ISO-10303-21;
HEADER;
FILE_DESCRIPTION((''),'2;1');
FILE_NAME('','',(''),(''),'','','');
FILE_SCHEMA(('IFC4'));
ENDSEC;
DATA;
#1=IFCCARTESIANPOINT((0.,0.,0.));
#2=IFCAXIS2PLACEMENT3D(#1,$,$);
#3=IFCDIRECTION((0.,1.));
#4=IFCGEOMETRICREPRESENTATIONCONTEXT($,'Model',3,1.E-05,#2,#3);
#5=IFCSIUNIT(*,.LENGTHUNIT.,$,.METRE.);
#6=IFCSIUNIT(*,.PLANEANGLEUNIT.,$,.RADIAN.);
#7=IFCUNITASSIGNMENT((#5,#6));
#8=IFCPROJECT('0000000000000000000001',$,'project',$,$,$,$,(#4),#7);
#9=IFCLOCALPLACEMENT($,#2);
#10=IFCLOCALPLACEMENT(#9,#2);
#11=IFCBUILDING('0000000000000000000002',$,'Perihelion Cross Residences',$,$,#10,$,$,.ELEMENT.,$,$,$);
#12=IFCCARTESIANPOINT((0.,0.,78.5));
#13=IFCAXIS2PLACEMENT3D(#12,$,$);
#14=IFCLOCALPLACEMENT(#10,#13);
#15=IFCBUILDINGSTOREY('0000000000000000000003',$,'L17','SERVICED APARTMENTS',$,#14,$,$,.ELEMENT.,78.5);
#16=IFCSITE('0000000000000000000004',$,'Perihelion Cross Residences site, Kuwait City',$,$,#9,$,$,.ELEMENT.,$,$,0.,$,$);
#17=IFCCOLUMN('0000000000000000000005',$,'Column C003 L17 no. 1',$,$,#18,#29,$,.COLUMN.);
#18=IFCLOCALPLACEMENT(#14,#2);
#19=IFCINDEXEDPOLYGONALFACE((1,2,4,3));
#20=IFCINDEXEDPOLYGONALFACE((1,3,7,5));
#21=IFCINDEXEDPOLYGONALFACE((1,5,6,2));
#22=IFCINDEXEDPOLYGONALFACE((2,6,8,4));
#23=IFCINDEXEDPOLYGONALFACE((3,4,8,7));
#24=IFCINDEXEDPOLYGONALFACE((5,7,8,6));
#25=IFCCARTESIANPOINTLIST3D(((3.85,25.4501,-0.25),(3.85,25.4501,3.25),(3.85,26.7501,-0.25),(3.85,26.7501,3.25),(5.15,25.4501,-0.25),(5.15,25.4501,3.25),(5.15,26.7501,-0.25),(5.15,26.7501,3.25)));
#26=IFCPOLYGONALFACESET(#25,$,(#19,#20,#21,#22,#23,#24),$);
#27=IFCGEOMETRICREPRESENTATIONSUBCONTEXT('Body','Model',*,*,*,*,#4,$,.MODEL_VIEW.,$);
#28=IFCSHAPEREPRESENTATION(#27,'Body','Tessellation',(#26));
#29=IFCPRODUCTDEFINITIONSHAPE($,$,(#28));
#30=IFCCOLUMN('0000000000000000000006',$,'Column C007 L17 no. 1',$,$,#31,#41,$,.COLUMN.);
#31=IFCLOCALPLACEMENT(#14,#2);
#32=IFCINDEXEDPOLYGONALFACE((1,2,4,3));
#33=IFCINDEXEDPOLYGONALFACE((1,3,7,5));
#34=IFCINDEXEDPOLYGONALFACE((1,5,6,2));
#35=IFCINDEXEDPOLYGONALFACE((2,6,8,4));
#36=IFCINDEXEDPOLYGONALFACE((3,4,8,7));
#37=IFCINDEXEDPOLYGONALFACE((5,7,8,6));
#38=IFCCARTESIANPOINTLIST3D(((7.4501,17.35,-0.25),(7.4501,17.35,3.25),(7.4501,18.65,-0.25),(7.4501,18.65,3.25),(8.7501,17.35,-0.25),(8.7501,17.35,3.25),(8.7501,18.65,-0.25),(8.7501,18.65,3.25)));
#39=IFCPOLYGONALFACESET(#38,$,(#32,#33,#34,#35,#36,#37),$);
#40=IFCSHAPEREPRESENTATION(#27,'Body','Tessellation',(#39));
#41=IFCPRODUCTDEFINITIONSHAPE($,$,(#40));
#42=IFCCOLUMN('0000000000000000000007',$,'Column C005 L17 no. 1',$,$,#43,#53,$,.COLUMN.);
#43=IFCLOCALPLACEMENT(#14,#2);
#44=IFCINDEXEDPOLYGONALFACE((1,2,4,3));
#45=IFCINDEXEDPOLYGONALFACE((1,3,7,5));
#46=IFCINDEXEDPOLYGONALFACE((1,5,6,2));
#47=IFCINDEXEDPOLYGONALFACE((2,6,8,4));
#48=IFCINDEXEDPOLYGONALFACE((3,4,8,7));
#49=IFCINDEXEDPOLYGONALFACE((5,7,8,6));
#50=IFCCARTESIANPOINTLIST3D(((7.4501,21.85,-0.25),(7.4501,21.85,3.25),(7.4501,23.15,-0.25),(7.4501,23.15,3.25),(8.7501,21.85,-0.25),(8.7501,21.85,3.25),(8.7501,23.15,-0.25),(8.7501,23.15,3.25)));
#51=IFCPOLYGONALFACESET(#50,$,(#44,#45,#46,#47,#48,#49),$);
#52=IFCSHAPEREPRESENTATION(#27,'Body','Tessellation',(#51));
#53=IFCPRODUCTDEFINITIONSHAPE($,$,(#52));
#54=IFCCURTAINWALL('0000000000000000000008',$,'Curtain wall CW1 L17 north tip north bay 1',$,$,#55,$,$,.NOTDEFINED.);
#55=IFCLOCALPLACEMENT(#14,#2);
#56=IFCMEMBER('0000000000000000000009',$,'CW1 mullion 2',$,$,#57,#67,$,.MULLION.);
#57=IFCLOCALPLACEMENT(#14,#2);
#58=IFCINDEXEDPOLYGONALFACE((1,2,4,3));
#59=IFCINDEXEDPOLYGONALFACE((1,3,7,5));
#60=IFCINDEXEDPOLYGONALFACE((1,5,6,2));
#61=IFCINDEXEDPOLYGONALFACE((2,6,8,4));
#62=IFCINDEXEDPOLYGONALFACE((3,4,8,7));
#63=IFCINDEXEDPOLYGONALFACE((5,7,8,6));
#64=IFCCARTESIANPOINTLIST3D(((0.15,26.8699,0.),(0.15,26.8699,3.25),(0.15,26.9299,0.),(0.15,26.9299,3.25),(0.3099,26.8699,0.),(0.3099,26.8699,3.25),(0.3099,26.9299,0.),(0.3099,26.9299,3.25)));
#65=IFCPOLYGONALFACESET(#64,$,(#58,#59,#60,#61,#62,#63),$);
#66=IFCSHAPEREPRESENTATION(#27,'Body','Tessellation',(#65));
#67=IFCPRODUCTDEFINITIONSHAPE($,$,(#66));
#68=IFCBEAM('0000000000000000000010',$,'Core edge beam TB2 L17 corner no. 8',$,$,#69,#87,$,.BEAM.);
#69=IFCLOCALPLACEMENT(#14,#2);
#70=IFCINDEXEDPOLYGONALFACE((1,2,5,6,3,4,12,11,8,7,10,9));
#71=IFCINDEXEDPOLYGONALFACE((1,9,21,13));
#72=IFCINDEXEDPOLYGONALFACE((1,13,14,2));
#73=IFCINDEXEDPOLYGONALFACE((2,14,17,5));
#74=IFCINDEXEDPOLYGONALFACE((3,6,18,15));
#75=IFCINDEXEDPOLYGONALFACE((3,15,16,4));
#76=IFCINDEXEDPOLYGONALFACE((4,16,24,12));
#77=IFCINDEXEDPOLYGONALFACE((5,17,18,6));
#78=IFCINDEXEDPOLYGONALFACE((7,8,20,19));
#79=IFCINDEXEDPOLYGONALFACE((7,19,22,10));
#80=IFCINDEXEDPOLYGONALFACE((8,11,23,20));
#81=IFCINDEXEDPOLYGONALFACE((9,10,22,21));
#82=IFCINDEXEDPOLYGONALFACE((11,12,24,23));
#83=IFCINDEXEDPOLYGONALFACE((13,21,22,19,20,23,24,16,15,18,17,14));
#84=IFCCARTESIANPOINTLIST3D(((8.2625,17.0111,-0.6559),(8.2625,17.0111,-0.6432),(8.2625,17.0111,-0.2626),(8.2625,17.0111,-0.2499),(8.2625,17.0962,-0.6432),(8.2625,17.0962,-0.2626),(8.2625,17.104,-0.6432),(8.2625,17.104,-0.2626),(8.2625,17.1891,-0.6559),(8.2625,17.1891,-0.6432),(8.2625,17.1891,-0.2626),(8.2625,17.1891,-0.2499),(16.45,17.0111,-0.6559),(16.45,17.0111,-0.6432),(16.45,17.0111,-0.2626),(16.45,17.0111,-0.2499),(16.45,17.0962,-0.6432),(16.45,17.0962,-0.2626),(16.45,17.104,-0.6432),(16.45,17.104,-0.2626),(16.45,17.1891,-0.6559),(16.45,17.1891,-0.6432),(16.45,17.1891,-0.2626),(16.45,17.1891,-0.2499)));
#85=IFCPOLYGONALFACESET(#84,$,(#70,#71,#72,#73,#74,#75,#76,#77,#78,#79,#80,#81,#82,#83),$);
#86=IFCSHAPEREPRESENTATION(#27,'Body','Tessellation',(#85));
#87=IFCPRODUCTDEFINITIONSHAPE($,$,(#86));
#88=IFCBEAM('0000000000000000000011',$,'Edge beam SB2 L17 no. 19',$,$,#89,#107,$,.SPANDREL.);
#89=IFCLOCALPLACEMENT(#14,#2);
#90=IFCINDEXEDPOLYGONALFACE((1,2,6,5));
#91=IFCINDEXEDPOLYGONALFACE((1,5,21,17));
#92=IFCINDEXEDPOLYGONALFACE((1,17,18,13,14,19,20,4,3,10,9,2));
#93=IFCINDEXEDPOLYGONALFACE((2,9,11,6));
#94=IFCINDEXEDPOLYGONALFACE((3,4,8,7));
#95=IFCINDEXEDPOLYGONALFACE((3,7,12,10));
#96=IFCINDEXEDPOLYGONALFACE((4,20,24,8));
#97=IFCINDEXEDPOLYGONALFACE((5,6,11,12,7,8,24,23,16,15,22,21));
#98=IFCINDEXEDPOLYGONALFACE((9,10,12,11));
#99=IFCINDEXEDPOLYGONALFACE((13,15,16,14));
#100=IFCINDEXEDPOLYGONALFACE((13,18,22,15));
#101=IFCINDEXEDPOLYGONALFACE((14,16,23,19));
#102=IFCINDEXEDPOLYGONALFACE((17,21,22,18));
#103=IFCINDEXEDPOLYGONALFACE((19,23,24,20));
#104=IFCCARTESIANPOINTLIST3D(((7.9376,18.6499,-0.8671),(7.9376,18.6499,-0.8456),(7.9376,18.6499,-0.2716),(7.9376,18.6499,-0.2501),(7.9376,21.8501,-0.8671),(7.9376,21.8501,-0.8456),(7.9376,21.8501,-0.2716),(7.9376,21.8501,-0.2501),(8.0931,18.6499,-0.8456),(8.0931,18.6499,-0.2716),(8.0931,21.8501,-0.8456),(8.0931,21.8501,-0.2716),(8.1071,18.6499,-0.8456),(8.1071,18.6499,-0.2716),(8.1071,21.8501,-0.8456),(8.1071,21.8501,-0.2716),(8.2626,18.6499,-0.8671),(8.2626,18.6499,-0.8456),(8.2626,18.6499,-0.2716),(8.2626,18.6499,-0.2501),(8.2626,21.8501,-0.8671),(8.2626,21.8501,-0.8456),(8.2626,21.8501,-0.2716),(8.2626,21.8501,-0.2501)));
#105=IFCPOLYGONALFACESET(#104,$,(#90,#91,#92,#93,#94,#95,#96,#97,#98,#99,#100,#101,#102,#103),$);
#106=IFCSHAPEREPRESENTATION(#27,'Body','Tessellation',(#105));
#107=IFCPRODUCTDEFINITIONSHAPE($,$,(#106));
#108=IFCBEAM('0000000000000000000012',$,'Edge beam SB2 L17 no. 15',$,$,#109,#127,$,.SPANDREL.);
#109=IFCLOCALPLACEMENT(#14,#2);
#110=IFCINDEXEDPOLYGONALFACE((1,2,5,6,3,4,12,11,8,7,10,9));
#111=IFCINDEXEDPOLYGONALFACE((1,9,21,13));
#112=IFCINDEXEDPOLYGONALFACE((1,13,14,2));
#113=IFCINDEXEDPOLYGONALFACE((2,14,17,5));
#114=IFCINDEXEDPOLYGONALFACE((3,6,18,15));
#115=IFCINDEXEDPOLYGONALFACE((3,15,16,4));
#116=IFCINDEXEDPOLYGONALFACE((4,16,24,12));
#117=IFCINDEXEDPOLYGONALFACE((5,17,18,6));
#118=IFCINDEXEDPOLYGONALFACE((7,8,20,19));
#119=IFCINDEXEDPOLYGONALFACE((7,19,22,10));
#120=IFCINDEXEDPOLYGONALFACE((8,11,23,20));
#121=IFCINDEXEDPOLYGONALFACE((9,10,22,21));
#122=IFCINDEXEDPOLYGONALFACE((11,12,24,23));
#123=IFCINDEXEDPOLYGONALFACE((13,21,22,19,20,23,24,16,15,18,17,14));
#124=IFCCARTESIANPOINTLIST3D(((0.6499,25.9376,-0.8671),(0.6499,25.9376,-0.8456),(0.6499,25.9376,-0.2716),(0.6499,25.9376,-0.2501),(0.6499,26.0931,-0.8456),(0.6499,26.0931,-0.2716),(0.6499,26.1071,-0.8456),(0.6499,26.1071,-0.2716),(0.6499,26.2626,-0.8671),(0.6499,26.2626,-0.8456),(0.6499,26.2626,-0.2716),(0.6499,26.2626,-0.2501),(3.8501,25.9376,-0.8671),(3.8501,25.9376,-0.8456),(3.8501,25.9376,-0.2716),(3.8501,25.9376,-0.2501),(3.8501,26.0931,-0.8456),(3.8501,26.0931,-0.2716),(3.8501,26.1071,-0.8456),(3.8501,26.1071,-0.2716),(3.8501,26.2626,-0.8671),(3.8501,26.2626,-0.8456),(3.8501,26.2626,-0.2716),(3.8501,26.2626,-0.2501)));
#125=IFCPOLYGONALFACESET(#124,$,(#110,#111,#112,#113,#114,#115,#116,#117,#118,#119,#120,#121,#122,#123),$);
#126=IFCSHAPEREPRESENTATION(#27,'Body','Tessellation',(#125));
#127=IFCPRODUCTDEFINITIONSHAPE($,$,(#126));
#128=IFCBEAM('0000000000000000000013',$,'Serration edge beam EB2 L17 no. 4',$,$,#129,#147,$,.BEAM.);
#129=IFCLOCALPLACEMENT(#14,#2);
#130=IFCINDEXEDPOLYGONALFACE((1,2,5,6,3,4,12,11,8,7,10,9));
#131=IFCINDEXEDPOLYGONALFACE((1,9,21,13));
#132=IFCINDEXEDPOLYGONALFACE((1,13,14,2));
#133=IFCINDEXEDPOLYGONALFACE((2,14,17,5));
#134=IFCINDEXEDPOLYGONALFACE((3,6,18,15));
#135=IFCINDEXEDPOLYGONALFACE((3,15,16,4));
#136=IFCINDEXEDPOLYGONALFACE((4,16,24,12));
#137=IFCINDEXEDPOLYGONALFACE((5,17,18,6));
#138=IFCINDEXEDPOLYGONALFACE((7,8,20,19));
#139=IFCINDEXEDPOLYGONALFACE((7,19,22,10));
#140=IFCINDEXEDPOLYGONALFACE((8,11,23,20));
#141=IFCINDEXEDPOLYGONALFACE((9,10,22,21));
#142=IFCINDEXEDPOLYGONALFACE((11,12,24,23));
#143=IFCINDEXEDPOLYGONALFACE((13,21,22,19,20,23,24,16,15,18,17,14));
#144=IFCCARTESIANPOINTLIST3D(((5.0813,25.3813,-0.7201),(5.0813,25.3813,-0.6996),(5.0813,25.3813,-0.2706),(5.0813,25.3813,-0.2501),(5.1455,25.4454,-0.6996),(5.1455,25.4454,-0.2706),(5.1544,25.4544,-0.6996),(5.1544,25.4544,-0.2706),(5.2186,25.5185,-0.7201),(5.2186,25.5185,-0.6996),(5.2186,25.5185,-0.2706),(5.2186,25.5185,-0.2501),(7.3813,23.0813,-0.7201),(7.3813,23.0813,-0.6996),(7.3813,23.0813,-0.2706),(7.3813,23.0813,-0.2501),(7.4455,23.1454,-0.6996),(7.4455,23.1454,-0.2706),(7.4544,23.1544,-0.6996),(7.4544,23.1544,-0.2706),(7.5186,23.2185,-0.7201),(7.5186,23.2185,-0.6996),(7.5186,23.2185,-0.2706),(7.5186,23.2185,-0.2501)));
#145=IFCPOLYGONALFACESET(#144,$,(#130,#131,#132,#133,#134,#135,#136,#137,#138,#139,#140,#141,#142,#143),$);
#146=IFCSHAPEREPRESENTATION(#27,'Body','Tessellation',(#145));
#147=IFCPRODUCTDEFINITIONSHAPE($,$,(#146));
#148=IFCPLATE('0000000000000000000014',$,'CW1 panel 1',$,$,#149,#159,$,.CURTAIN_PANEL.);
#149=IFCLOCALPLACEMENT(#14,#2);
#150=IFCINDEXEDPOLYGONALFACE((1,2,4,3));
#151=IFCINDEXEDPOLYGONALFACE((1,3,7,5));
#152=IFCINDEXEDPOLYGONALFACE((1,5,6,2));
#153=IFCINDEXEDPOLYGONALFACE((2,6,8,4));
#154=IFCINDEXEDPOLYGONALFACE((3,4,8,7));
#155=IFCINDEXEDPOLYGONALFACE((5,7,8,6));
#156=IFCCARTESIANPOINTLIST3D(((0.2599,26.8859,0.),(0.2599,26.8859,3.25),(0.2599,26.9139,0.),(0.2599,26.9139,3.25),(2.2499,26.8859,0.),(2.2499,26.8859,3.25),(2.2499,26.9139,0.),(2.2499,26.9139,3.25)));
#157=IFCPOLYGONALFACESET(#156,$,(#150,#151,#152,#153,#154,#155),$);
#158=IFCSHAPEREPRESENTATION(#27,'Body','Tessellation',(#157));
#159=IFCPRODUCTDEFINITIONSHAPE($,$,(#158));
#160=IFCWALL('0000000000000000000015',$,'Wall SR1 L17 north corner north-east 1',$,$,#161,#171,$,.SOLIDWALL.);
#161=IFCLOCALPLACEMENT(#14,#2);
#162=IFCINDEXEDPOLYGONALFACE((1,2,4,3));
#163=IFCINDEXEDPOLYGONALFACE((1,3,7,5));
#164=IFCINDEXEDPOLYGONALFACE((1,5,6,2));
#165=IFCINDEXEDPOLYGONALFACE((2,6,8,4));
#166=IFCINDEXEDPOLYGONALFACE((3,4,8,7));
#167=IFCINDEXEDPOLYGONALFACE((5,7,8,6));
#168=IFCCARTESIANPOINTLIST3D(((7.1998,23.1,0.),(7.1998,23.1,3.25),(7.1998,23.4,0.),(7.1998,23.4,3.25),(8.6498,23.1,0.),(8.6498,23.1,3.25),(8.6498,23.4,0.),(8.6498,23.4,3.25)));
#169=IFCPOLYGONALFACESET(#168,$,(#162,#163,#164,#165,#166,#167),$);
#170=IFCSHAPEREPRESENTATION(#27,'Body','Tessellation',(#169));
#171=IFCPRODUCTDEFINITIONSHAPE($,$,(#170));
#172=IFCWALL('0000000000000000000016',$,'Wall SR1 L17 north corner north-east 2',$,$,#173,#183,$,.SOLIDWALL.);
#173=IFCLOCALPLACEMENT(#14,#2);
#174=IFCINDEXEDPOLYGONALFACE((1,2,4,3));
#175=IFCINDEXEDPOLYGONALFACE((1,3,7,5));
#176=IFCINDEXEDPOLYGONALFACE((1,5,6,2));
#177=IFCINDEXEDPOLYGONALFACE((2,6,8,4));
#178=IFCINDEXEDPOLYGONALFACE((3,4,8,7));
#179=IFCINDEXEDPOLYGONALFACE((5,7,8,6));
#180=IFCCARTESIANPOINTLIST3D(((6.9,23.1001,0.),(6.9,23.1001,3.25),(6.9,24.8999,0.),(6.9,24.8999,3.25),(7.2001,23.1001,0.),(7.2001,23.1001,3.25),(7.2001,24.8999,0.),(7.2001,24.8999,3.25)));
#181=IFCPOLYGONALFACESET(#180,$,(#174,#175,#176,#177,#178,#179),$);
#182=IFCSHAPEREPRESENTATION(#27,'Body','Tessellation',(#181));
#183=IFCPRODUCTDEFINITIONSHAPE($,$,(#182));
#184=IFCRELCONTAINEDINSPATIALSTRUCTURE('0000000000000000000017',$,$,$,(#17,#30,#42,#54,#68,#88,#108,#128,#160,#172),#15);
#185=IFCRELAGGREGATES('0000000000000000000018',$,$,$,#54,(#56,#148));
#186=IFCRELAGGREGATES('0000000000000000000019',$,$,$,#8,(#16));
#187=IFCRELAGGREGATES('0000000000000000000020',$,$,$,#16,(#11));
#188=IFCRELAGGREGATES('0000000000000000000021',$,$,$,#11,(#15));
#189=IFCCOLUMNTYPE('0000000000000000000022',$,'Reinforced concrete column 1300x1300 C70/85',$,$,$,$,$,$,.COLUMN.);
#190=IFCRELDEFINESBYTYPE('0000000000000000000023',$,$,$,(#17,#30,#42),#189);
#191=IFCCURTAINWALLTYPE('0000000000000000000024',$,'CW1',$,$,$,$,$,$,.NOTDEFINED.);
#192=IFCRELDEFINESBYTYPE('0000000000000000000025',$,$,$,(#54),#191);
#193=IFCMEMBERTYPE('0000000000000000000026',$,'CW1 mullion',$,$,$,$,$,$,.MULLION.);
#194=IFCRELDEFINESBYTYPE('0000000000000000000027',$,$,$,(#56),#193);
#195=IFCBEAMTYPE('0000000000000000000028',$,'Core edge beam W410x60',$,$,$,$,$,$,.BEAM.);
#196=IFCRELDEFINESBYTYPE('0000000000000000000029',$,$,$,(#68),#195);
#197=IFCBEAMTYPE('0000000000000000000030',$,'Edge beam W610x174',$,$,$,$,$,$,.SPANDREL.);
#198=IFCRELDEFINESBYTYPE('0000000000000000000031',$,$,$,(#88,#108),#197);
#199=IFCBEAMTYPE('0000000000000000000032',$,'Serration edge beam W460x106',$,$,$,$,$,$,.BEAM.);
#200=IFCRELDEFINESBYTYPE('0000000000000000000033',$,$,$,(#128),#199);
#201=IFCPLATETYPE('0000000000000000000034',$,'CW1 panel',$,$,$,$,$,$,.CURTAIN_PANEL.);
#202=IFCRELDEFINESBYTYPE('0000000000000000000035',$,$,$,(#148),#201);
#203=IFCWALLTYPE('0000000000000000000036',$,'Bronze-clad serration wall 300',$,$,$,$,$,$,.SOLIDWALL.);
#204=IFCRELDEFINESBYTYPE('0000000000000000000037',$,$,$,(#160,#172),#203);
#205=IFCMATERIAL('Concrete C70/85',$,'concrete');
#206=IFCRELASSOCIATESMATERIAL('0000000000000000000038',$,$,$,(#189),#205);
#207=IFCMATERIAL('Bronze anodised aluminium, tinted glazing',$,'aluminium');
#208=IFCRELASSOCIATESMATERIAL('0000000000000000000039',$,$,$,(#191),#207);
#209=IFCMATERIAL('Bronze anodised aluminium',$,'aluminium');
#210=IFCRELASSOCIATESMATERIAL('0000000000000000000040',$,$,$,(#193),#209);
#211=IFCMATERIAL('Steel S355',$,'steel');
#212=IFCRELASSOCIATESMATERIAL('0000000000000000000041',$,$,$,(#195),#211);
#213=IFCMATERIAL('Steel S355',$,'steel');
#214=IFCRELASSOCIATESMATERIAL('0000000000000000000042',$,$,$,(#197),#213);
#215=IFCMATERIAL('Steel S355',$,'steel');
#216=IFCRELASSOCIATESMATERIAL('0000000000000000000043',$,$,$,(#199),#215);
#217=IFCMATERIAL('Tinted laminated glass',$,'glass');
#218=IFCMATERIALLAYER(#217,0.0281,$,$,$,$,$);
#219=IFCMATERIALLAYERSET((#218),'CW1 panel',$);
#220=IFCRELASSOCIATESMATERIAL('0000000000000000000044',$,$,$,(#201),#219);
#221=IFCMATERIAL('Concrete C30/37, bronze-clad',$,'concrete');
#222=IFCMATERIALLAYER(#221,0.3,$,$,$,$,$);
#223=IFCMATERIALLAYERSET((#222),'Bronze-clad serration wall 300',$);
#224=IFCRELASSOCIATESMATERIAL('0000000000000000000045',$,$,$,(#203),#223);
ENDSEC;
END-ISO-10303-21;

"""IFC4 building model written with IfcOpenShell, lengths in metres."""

from ifc_helpers import new_model, si_unit, direction, frame, frame_2d, origin, origin_2d, place, context, subcontext, project, spatial, rectangle, i_section, extrude, material, layer, layer_set, material_profile, profile_set, type_object, element, aggregate, save


model = new_model("IFC4")

# Units and contexts
model_context = context("Model", 3, precision=1e-05, world=origin(), true_north=direction((0.0, 1.0)))
body_context = subcontext(model_context, "Body", "Model", "MODEL_VIEW")
ifc_project = project(units=[si_unit("LENGTHUNIT", "METRE"), si_unit("PLANEANGLEUNIT", "RADIAN")], contexts=[model_context])

# Site, building, storey
site_placement = place(None, origin())
site = spatial("IfcSite", under=ifc_project, at=site_placement, Name="Perihelion Cross Residences site, Kuwait City", CompositionType="ELEMENT", RefElevation=0.0)
building_placement = place(site_placement, origin())
building = spatial("IfcBuilding", under=site, at=building_placement, Name="Perihelion Cross Residences", CompositionType="ELEMENT")
storey_placement = place(building_placement, frame((0.0, 0.0, 78.5)))
storey = spatial("IfcBuildingStorey", under=building, at=storey_placement, Name="L17", Description="SERVICED APARTMENTS", CompositionType="ELEMENT", Elevation=78.5)

# Columns
ifc_material_1 = material(Name="Concrete C70/85", Category="concrete")
ifc_material_profile_1 = material_profile(ifc_material_1, rectangle(XDim=1.3, YDim=1.3, at=origin_2d()), Name="RC 1300x1300")
ifc_profile_set_1 = profile_set([ifc_material_profile_1], Name="Concrete C70/85")
column_type = type_object("IfcColumnType", Name="Reinforced concrete column 1300x1300 C70/85", PredefinedType="COLUMN", material=ifc_profile_set_1)
for number, where, z_axis, x_axis, name in (
    (1, (4.5, 26.1001, -0.25), (0.0, 0.0, 1.0), (1.0, 0.0, 0.0), "Column C003 L17 no. 1"),
    (2, (8.1001, 18.0, -0.25), (0.0, 0.0, 1.0), (1.0, 0.0, 0.0), "Column C007 L17 no. 1"),
    (3, (8.1001, 22.5, -0.25), (0.0, 0.0, 1.0), (1.0, 0.0, 0.0), "Column C005 L17 no. 1"),
):
    element("IfcColumn", number, at=place(storey_placement, frame(where, z_axis=z_axis, x_axis=x_axis)), inside=storey, type_object=column_type, Name=name, PredefinedType="COLUMN", context=body_context, shape_type="SweptSolid", body=[
        extrude(rectangle(XDim=1.3, YDim=1.3, at=origin_2d()), origin(), (0.0, 0.0, 1.0), 3.5),
    ])

# Curtain wall, member
ifc_material_2 = material(Name="Bronze anodised aluminium, tinted glazing", Category="aluminium")
curtain_wall_type = type_object("IfcCurtainWallType", Name="CW1", PredefinedType="NOTDEFINED", material=ifc_material_2)
curtain_wall_placement = place(storey_placement, origin())
curtain_wall = element("IfcCurtainWall", 4, at=curtain_wall_placement, inside=storey, type_object=curtain_wall_type, Name="Curtain wall CW1 L17 north tip north bay 1", PredefinedType="NOTDEFINED")
ifc_material_3 = material(Name="Bronze anodised aluminium", Category="aluminium")
ifc_material_profile_2 = material_profile(ifc_material_3, rectangle(XDim=0.0601, YDim=0.1599, at=origin_2d()), Name="CW1 mullion")
ifc_profile_set_2 = profile_set([ifc_material_profile_2], Name="Bronze anodised aluminium")
member_type = type_object("IfcMemberType", Name="CW1 mullion", PredefinedType="MULLION", material=ifc_profile_set_2)
member_placement = place(storey_placement, frame((0.23, 26.8999, 0.0), z_axis=(0.0, 0.0, 1.0), x_axis=(0.0, -1.0, 0.0)))
member = element("IfcMember", 5, at=member_placement, type_object=member_type, Name="CW1 mullion 2", PredefinedType="MULLION", context=body_context, shape_type="SweptSolid", body=[
    extrude(rectangle(XDim=0.0601, YDim=0.1599, at=origin_2d()), origin(), (0.0, 0.0, 1.0), 3.25),
])

# Beams
ifc_material_4 = material(Name="Steel S355", Category="steel")
ifc_material_profile_3 = material_profile(ifc_material_4, i_section(OverallWidth=0.178, OverallDepth=0.406, WebThickness=0.0078, FlangeThickness=0.0127, at=origin_2d()), Name="W410x60")
ifc_profile_set_3 = profile_set([ifc_material_profile_3], Name="Steel S355")
beam_type_1 = type_object("IfcBeamType", Name="Core edge beam W410x60", PredefinedType="BEAM", material=ifc_profile_set_3)
beam_1_placement = place(storey_placement, frame((8.2625, 17.1001, -0.4529), z_axis=(1.0, 0.0, 0.0), x_axis=(0.0, 1.0, 0.0)))
element("IfcBeam", 6, at=beam_1_placement, inside=storey, type_object=beam_type_1, Name="Core edge beam TB2 L17 corner no. 8", PredefinedType="BEAM", context=body_context, shape_type="SweptSolid", body=[
    extrude(i_section(OverallWidth=0.178, OverallDepth=0.406, WebThickness=0.0078, FlangeThickness=0.0127, at=origin_2d()), origin(), (0.0, 0.0, 1.0), 8.1875),
])
ifc_material_5 = material(Name="Steel S355", Category="steel")
ifc_material_profile_4 = material_profile(ifc_material_5, i_section(OverallWidth=0.325, OverallDepth=0.6169, WebThickness=0.0139, FlangeThickness=0.0215, at=origin_2d()), Name="W610x174")
ifc_profile_set_4 = profile_set([ifc_material_profile_4], Name="Steel S355")
beam_type_2 = type_object("IfcBeamType", Name="Edge beam W610x174", PredefinedType="SPANDREL", material=ifc_profile_set_4)
for number, where, z_axis, x_axis, name in (
    (7, (8.1001, 18.6499, -0.5586), (0.0, 1.0, 0.0), (-1.0, 0.0, 0.0), "Edge beam SB2 L17 no. 19"),
    (8, (3.8501, 26.1001, -0.5586), (-1.0, 0.0, 0.0), (0.0, -1.0, 0.0), "Edge beam SB2 L17 no. 15"),
):
    element("IfcBeam", number, at=place(storey_placement, frame(where, z_axis=z_axis, x_axis=x_axis)), inside=storey, type_object=beam_type_2, Name=name, PredefinedType="SPANDREL", context=body_context, shape_type="SweptSolid", body=[
        extrude(i_section(OverallWidth=0.325, OverallDepth=0.6169, WebThickness=0.0139, FlangeThickness=0.0215, at=origin_2d()), origin(), (0.0, 0.0, 1.0), 3.2002),
    ])
ifc_material_6 = material(Name="Steel S355", Category="steel")
ifc_material_profile_5 = material_profile(ifc_material_6, i_section(OverallWidth=0.1941, OverallDepth=0.47, WebThickness=0.0127, FlangeThickness=0.0205, at=origin_2d()), Name="W460x106")
ifc_profile_set_5 = profile_set([ifc_material_profile_5], Name="Steel S355")
beam_type_3 = type_object("IfcBeamType", Name="Serration edge beam W460x106", PredefinedType="BEAM", material=ifc_profile_set_5)
beam_2_placement = place(storey_placement, frame((7.45, 23.1499, -0.4851), z_axis=(-0.707107, 0.707107, 0.0), x_axis=(-0.707107, -0.707107, 0.0)))
element("IfcBeam", 9, at=beam_2_placement, inside=storey, type_object=beam_type_3, Name="Serration edge beam EB2 L17 no. 4", PredefinedType="BEAM", context=body_context, shape_type="SweptSolid", body=[
    extrude(i_section(OverallWidth=0.1941, OverallDepth=0.47, WebThickness=0.0127, FlangeThickness=0.0205, at=origin_2d()), origin(), (0.0, 0.0, 1.0), 3.2527),
])

# Plate
ifc_material_7 = material(Name="Tinted laminated glass", Category="glass")
ifc_layer_1 = layer(ifc_material_7, 0.0281)
ifc_layer_set_1 = layer_set([ifc_layer_1], Name="CW1 panel")
plate_type = type_object("IfcPlateType", Name="CW1 panel", PredefinedType="CURTAIN_PANEL", material=ifc_layer_set_1)
plate_placement = place(storey_placement, frame((1.2549, 26.8999, 0.0), z_axis=(0.0, 0.0, 1.0), x_axis=(-1.0, 0.0, 0.0)))
plate = element("IfcPlate", 10, at=plate_placement, type_object=plate_type, Name="CW1 panel 1", PredefinedType="CURTAIN_PANEL", context=body_context, shape_type="SweptSolid", body=[
    extrude(rectangle(XDim=1.99, YDim=0.0281, at=origin_2d()), origin(), (0.0, 0.0, 1.0), 3.25),
])
aggregate(curtain_wall, [member, plate])

# Walls
ifc_material_8 = material(Name="Concrete C30/37, bronze-clad", Category="concrete")
ifc_layer_2 = layer(ifc_material_8, 0.3)
ifc_layer_set_2 = layer_set([ifc_layer_2], Name="Bronze-clad serration wall 300")
wall_type_1 = type_object("IfcWallType", Name="Bronze-clad serration wall 300", PredefinedType="SOLIDWALL", material=ifc_layer_set_2)
wall_1_placement = place(storey_placement, frame((8.6499, 23.25, 0.0), z_axis=(0.0, 0.0, 1.0), x_axis=(-1.0, 0.0, 0.0)))
element("IfcWall", 11, at=wall_1_placement, inside=storey, type_object=wall_type_1, Name="Wall SR1 L17 north corner north-east 1", PredefinedType="SOLIDWALL", context=body_context, shape_type="SweptSolid", body=[
    extrude(rectangle(XDim=1.45, YDim=0.3, at=frame_2d((0.7251, 0.0))), origin(), (0.0, 0.0, 1.0), 3.25),
])
wall_2_placement = place(storey_placement, frame((7.05, 23.1001, 0.0), z_axis=(0.0, 0.0, 1.0), x_axis=(0.0, 1.0, 0.0)))
element("IfcWall", 12, at=wall_2_placement, inside=storey, type_object=wall_type_1, Name="Wall SR1 L17 north corner north-east 2", PredefinedType="SOLIDWALL", context=body_context, shape_type="SweptSolid", body=[
    extrude(rectangle(XDim=1.7998, YDim=0.3, at=frame_2d((0.8999, 0.0))), origin(), (0.0, 0.0, 1.0), 3.25),
])

save(model, "model.ifc")
